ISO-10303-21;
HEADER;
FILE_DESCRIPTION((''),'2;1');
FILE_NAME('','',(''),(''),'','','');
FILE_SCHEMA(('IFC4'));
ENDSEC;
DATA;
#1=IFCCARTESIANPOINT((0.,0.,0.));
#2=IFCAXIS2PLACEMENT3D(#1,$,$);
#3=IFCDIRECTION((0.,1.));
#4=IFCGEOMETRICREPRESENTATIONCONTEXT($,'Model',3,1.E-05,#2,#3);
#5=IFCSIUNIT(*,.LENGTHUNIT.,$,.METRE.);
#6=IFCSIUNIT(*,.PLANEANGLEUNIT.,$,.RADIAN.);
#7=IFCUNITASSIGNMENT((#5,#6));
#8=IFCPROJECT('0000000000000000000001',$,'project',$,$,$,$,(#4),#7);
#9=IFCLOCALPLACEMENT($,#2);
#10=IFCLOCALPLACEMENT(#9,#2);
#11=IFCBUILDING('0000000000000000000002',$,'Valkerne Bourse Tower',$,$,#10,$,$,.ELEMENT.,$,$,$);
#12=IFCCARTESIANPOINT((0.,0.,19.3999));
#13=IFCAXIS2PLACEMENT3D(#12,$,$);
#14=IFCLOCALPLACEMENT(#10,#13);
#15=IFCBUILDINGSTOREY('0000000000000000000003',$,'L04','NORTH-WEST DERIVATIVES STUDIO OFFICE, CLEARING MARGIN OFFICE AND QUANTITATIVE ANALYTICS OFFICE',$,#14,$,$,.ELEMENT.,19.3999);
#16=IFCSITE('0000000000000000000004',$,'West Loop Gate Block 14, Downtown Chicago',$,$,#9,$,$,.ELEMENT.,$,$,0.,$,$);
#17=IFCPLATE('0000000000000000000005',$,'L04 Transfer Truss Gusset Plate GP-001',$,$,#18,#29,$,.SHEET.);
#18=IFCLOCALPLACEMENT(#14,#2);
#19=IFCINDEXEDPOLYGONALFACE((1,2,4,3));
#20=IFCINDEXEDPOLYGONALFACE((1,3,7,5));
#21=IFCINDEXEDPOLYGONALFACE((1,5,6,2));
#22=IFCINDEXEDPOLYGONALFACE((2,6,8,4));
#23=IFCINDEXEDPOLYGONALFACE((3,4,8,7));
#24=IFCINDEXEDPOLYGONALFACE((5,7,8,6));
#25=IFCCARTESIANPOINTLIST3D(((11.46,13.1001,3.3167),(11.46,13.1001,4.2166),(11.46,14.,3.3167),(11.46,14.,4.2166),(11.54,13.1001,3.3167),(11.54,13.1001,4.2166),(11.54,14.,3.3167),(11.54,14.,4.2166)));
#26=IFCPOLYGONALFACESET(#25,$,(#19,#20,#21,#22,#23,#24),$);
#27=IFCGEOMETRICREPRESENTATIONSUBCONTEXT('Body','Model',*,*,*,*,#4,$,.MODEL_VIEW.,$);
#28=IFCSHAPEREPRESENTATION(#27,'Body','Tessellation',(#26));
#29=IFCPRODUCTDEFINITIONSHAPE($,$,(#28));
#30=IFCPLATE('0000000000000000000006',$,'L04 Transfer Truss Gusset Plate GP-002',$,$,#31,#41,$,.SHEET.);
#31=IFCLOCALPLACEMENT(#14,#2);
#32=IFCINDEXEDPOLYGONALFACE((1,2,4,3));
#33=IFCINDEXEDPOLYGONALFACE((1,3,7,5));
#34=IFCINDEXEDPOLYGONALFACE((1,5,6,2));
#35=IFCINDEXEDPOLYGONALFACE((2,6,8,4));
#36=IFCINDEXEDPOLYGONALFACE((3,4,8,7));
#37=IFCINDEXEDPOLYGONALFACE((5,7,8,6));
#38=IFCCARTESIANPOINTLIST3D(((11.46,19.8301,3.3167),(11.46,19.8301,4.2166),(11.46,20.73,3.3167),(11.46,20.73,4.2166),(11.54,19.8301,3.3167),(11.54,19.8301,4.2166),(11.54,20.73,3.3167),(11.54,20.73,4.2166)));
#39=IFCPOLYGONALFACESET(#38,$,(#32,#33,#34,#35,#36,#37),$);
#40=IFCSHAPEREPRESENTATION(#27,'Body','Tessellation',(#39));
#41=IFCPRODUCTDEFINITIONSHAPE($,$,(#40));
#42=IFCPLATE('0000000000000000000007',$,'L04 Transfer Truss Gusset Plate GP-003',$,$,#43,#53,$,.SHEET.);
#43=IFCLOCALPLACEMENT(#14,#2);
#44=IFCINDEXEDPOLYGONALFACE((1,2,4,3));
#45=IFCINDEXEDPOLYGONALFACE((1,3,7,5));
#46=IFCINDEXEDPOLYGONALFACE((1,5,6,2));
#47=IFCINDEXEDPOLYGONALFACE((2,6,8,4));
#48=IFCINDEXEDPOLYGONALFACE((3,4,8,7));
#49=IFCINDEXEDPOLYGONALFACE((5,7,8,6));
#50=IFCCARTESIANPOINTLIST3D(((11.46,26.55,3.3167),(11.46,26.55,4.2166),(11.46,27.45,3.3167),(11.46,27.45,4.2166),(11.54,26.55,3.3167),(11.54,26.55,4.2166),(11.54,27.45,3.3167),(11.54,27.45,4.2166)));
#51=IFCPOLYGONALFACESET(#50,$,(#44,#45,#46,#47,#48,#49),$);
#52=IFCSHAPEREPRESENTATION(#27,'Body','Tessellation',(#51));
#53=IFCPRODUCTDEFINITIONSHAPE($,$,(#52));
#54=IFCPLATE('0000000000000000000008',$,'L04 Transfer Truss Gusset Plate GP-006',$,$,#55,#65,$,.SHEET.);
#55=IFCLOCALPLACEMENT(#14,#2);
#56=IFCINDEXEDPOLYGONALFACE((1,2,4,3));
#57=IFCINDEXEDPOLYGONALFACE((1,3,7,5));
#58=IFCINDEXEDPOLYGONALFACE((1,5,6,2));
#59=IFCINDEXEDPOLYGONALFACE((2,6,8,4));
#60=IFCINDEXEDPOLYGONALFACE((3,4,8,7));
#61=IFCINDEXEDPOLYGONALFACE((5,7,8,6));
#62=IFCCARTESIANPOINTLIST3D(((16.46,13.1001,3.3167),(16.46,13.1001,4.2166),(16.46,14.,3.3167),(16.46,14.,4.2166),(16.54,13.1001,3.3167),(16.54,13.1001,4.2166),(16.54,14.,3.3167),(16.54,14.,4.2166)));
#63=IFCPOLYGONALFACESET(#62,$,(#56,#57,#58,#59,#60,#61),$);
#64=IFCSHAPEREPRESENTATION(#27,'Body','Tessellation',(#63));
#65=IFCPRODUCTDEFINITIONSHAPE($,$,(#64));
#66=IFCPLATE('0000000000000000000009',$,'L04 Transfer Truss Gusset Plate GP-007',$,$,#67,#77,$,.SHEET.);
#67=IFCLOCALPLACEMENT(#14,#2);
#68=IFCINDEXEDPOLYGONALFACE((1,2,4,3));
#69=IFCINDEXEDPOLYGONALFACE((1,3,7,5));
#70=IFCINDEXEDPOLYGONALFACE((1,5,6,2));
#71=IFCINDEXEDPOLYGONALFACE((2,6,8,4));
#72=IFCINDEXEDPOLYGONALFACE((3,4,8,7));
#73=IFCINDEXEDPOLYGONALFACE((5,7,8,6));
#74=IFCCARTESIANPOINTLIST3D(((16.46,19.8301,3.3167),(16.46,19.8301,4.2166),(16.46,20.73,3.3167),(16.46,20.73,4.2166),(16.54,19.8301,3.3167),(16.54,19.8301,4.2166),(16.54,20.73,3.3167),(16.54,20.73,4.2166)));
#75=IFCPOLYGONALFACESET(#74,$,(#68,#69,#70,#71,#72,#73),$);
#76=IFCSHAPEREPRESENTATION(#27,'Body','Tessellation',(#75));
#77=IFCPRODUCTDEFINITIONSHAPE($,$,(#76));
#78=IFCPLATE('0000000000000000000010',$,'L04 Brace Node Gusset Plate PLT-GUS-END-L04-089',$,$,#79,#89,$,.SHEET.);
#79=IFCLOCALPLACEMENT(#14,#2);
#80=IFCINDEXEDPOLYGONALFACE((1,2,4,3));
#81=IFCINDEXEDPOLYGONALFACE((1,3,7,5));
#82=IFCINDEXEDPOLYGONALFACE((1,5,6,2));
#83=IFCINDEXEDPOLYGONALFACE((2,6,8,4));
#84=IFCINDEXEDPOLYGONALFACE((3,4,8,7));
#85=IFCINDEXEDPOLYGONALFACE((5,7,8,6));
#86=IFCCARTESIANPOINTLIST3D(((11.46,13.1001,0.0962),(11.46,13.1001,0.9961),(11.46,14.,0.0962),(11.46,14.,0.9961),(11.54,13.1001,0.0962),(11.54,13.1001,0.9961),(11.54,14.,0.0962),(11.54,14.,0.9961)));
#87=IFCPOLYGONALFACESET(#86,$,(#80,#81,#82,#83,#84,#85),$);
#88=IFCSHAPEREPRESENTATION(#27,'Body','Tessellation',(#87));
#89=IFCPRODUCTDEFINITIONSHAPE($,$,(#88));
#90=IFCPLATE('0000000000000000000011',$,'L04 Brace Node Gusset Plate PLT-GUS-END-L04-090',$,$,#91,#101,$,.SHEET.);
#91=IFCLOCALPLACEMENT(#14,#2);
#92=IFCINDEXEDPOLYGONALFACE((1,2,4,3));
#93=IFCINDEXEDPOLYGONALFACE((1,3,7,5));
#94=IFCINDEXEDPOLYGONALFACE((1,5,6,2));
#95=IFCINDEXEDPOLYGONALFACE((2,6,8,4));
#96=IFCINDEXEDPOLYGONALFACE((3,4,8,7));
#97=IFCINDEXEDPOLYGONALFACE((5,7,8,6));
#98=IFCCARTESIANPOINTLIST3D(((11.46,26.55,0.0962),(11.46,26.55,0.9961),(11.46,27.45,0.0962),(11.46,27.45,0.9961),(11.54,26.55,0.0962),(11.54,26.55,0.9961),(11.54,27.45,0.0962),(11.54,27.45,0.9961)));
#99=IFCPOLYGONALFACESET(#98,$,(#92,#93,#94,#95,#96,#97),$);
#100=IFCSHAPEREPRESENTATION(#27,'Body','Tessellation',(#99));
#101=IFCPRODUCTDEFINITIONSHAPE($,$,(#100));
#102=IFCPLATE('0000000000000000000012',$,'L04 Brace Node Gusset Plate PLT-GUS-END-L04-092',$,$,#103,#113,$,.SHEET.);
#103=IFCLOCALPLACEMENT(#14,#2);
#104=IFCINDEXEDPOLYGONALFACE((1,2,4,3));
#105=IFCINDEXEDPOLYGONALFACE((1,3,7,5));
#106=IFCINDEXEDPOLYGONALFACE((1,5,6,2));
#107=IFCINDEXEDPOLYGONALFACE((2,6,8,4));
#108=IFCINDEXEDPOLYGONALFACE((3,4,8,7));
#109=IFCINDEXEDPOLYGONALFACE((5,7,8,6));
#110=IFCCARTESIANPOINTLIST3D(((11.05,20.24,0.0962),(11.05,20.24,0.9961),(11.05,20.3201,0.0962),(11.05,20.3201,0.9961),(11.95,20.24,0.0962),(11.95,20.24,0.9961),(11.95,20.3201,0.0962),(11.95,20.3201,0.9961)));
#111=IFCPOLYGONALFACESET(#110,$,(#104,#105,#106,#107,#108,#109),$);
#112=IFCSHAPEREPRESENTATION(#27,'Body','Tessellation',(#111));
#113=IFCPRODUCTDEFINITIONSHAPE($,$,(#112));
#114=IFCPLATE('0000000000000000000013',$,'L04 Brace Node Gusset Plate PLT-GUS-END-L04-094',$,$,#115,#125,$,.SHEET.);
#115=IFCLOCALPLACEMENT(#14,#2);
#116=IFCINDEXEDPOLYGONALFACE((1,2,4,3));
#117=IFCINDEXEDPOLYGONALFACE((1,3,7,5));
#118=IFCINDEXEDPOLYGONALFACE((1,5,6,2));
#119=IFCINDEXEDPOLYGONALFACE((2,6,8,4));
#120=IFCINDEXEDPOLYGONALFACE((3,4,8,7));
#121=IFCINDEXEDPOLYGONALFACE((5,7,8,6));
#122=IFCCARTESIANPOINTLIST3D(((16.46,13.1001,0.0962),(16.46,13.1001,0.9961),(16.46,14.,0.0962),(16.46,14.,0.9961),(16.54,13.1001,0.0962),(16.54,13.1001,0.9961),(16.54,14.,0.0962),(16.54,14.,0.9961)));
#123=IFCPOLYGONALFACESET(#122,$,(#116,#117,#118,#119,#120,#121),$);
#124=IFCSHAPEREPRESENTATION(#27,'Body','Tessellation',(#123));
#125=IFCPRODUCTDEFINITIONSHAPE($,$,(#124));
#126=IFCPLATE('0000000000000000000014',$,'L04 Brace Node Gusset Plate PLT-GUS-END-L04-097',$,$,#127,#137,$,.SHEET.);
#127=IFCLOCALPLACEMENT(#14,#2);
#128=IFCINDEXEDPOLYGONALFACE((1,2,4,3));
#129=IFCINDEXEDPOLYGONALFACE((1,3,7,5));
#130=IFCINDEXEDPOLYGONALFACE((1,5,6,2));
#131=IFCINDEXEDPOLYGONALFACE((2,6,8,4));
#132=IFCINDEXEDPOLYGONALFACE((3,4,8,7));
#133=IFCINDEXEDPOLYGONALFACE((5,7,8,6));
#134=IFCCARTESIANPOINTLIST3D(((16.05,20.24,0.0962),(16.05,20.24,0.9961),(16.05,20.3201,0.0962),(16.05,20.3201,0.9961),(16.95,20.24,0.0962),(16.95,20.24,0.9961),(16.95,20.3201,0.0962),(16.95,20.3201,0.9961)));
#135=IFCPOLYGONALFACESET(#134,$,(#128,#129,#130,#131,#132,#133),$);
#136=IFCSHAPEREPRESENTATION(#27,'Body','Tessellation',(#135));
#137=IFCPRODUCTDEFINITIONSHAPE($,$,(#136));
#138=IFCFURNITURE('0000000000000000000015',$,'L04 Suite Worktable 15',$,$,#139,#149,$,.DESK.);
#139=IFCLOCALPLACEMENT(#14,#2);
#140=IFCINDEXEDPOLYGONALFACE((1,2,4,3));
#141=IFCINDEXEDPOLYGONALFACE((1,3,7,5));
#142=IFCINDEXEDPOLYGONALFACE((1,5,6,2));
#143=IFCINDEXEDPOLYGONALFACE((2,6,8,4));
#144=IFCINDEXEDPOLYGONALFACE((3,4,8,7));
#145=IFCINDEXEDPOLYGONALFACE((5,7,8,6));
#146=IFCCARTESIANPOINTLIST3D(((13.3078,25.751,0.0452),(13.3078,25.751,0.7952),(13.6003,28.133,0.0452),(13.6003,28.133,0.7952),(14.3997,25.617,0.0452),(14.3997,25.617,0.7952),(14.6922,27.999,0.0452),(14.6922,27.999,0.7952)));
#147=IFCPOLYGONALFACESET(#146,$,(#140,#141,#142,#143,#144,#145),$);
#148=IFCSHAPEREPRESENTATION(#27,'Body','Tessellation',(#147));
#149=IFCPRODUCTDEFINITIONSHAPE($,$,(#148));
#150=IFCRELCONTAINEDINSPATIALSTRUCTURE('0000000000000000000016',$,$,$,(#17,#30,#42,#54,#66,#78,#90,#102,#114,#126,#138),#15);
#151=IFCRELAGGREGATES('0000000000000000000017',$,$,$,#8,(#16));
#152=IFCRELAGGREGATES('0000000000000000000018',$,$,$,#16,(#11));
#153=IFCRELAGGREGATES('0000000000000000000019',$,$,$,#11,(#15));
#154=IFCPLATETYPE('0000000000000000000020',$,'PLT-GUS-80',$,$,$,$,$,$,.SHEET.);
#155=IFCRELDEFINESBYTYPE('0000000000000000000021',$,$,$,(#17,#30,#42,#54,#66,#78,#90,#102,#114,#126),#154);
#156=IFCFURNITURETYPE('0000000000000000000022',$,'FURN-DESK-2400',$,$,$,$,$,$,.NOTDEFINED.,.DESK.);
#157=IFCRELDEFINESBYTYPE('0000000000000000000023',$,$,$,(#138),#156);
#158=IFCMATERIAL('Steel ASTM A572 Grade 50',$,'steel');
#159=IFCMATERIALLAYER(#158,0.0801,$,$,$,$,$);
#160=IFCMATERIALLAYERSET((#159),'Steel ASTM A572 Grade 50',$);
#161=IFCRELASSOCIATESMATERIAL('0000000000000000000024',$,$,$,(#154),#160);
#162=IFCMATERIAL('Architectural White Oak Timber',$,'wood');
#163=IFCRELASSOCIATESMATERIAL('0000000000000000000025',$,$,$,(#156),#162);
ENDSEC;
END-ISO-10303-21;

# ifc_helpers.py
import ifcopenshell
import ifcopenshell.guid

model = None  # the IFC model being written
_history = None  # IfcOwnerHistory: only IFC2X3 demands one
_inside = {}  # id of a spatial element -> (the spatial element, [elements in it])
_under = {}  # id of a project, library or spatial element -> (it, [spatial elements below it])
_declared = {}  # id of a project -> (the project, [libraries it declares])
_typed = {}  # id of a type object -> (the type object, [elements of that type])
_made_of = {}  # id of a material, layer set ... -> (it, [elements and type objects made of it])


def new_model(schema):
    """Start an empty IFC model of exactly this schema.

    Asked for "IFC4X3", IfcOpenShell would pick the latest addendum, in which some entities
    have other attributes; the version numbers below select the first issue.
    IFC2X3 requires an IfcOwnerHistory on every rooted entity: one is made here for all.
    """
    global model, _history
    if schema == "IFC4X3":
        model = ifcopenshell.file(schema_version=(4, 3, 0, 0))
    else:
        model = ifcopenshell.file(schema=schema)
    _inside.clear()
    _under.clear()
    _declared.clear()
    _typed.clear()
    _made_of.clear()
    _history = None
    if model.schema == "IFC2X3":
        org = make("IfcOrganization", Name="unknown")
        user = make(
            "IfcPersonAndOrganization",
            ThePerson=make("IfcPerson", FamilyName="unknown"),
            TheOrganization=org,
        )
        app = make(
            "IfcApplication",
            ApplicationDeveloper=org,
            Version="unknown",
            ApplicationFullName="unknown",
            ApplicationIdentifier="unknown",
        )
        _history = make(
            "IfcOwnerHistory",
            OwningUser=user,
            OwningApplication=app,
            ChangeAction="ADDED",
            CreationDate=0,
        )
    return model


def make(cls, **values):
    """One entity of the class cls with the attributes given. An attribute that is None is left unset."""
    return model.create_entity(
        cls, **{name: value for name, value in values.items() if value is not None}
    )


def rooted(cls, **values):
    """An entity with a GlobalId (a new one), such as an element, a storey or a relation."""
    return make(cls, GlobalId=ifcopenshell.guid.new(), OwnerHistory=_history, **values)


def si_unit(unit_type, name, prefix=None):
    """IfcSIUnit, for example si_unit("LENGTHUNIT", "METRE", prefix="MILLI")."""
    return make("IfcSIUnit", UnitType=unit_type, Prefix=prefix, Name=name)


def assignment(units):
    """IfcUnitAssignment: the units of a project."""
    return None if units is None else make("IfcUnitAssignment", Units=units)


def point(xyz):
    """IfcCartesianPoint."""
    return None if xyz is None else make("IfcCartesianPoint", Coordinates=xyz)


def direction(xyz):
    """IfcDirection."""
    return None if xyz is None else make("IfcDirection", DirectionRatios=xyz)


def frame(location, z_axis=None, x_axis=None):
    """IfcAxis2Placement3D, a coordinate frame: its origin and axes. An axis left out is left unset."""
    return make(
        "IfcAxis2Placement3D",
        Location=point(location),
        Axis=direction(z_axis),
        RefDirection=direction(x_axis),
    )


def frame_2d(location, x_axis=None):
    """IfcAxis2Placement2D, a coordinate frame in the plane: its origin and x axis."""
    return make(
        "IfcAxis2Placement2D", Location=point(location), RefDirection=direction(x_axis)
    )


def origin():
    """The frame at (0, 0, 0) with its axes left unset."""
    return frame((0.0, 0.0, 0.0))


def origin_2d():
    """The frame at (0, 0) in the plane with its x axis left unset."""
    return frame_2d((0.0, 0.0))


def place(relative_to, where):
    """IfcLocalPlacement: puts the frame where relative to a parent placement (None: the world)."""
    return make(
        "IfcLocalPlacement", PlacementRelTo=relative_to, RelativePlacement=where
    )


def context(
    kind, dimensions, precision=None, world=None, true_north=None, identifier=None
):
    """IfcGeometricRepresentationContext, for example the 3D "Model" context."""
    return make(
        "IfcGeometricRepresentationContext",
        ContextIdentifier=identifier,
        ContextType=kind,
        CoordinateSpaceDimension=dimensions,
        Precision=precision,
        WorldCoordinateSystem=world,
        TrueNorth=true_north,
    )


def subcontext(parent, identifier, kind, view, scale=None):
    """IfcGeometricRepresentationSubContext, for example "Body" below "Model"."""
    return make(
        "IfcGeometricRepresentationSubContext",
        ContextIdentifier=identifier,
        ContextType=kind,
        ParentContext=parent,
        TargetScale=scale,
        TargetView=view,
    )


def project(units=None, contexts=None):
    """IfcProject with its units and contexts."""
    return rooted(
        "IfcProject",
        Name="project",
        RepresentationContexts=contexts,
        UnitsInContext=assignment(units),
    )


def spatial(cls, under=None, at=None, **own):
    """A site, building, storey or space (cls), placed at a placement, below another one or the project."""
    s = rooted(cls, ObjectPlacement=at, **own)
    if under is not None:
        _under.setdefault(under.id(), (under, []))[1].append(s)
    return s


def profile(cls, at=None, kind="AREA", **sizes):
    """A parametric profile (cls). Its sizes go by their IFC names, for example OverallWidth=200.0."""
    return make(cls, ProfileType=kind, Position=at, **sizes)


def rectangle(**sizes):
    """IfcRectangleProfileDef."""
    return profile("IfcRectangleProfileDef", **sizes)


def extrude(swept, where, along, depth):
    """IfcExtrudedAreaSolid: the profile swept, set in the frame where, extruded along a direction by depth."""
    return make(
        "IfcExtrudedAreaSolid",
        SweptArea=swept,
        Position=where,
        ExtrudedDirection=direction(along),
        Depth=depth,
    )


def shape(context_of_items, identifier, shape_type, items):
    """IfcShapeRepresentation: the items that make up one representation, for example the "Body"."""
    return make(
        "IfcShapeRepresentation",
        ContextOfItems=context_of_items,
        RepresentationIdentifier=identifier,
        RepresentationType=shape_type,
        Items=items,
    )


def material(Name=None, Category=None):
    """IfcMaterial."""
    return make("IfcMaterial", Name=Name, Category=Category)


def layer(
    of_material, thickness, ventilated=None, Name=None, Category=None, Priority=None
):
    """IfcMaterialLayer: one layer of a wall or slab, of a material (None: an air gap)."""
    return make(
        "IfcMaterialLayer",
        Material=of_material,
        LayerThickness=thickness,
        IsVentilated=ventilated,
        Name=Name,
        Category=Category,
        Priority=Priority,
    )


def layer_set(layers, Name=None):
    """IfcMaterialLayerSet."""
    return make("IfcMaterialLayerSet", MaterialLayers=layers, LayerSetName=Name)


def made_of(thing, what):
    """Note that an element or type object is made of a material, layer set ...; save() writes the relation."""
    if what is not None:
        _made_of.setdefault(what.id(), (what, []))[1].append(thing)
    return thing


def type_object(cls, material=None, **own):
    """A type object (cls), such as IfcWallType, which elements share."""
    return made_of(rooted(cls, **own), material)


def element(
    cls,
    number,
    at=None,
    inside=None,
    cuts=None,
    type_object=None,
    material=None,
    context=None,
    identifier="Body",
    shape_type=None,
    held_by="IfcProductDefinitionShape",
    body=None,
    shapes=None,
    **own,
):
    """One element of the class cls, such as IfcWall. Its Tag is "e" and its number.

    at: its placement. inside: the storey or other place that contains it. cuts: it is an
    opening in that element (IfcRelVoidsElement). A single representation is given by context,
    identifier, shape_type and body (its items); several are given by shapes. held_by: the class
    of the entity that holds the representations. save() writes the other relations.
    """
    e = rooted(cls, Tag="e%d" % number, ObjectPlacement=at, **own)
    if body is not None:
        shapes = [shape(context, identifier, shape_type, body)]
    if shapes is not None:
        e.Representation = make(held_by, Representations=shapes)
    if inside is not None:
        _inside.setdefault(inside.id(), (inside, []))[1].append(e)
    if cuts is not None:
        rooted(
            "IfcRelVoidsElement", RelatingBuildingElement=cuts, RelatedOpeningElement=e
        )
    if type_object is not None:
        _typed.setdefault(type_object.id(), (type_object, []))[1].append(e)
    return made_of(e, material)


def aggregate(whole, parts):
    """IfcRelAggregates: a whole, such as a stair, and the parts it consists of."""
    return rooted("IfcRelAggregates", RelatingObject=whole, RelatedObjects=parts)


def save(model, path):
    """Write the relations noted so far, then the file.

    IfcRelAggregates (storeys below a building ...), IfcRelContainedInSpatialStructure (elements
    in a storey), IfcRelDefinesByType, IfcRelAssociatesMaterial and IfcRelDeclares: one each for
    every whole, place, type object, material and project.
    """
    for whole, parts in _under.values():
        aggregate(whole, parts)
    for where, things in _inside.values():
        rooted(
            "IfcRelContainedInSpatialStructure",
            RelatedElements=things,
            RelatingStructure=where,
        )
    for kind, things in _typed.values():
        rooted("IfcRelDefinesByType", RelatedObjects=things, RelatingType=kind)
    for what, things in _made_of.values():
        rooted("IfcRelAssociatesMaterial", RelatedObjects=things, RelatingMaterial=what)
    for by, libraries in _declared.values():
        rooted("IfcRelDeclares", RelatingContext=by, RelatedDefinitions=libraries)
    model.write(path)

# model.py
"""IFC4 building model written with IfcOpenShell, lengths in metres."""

from ifc_helpers import new_model, si_unit, direction, frame, origin, origin_2d, place, context, subcontext, project, spatial, rectangle, extrude, material, layer, layer_set, type_object, element, save


model = new_model("IFC4")

# Units and contexts
model_context = context("Model", 3, precision=1e-05, world=origin(), true_north=direction((0.0, 1.0)))
body_context = subcontext(model_context, "Body", "Model", "MODEL_VIEW")
ifc_project = project(units=[si_unit("LENGTHUNIT", "METRE"), si_unit("PLANEANGLEUNIT", "RADIAN")], contexts=[model_context])

# Site, building, storey
site_placement = place(None, origin())
site = spatial("IfcSite", under=ifc_project, at=site_placement, Name="West Loop Gate Block 14, Downtown Chicago", CompositionType="ELEMENT", RefElevation=0.0)
building_placement = place(site_placement, origin())
building = spatial("IfcBuilding", under=site, at=building_placement, Name="Valkerne Bourse Tower", CompositionType="ELEMENT")
storey_placement = place(building_placement, frame((0.0, 0.0, 19.3999)))
storey = spatial("IfcBuildingStorey", under=building, at=storey_placement, Name="L04", Description="NORTH-WEST DERIVATIVES STUDIO OFFICE, CLEARING MARGIN OFFICE AND QUANTITATIVE ANALYTICS OFFICE", CompositionType="ELEMENT", Elevation=19.3999)

# Plates
ifc_material_1 = material(Name="Steel ASTM A572 Grade 50", Category="steel")
ifc_layer = layer(ifc_material_1, 0.0801)
ifc_layer_set = layer_set([ifc_layer], Name="Steel ASTM A572 Grade 50")
plate_type = type_object("IfcPlateType", Name="PLT-GUS-80", PredefinedType="SHEET", material=ifc_layer_set)
for number, where, z_axis, x_axis, name in (
    (1, (11.5, 13.55, 3.3167), (0.0, 0.0, 1.0), (1.0, 0.0, 0.0), "L04 Transfer Truss Gusset Plate GP-001"),
    (2, (11.5, 20.28, 3.3167), (0.0, 0.0, 1.0), (1.0, 0.0, 0.0), "L04 Transfer Truss Gusset Plate GP-002"),
    (3, (11.5, 27.0, 3.3167), (0.0, 0.0, 1.0), (1.0, 0.0, 0.0), "L04 Transfer Truss Gusset Plate GP-003"),
    (4, (16.5, 13.55, 3.3167), (0.0, 0.0, 1.0), (1.0, 0.0, 0.0), "L04 Transfer Truss Gusset Plate GP-006"),
    (5, (16.5, 20.28, 3.3167), (0.0, 0.0, 1.0), (1.0, 0.0, 0.0), "L04 Transfer Truss Gusset Plate GP-007"),
):
    element("IfcPlate", number, at=place(storey_placement, frame(where, z_axis=z_axis, x_axis=x_axis)), inside=storey, type_object=plate_type, Name=name, PredefinedType="SHEET", context=body_context, shape_type="SweptSolid", body=[
        extrude(rectangle(XDim=0.0801, YDim=0.8999, at=origin_2d()), origin(), (0.0, 0.0, 1.0), 0.8999),
    ])
for number, where, z_axis, x_axis, name in (
    (6, (11.5, 13.55, 0.0962), (0.0, 0.0, 1.0), (0.0, 1.0, 0.0), "L04 Brace Node Gusset Plate PLT-GUS-END-L04-089"),
    (7, (11.5, 27.0, 0.0962), (0.0, 0.0, 1.0), (0.0, 1.0, 0.0), "L04 Brace Node Gusset Plate PLT-GUS-END-L04-090"),
    (8, (11.5, 20.28, 0.0962), (0.0, 0.0, 1.0), (1.0, 0.0, 0.0), "L04 Brace Node Gusset Plate PLT-GUS-END-L04-092"),
    (9, (16.5, 13.55, 0.0962), (0.0, 0.0, 1.0), (0.0, 1.0, 0.0), "L04 Brace Node Gusset Plate PLT-GUS-END-L04-094"),
    (10, (16.5, 20.28, 0.0962), (0.0, 0.0, 1.0), (1.0, 0.0, 0.0), "L04 Brace Node Gusset Plate PLT-GUS-END-L04-097"),
):
    element("IfcPlate", number, at=place(storey_placement, frame(where, z_axis=z_axis, x_axis=x_axis)), inside=storey, type_object=plate_type, Name=name, PredefinedType="SHEET", context=body_context, shape_type="SweptSolid", body=[
        extrude(rectangle(XDim=0.8999, YDim=0.0801, at=origin_2d()), origin(), (0.0, 0.0, 1.0), 0.8999),
    ])

# Furniture
ifc_material_2 = material(Name="Architectural White Oak Timber", Category="wood")
furniture_type = type_object("IfcFurnitureType", Name="FURN-DESK-2400", AssemblyPlace="NOTDEFINED", PredefinedType="DESK", material=ifc_material_2)
furniture_placement = place(storey_placement, frame((14.0, 26.875, 0.0452), z_axis=(0.0, 0.0, 1.0), x_axis=(0.121869, 0.992546, 0.0)))
element("IfcFurniture", 11, at=furniture_placement, inside=storey, type_object=furniture_type, Name="L04 Suite Worktable 15", PredefinedType="DESK", context=body_context, shape_type="SweptSolid", body=[
    extrude(rectangle(XDim=2.3999, YDim=1.1001, at=origin_2d()), origin(), (0.0, 0.0, 1.0), 0.75),
])

save(model, "model.ifc")
